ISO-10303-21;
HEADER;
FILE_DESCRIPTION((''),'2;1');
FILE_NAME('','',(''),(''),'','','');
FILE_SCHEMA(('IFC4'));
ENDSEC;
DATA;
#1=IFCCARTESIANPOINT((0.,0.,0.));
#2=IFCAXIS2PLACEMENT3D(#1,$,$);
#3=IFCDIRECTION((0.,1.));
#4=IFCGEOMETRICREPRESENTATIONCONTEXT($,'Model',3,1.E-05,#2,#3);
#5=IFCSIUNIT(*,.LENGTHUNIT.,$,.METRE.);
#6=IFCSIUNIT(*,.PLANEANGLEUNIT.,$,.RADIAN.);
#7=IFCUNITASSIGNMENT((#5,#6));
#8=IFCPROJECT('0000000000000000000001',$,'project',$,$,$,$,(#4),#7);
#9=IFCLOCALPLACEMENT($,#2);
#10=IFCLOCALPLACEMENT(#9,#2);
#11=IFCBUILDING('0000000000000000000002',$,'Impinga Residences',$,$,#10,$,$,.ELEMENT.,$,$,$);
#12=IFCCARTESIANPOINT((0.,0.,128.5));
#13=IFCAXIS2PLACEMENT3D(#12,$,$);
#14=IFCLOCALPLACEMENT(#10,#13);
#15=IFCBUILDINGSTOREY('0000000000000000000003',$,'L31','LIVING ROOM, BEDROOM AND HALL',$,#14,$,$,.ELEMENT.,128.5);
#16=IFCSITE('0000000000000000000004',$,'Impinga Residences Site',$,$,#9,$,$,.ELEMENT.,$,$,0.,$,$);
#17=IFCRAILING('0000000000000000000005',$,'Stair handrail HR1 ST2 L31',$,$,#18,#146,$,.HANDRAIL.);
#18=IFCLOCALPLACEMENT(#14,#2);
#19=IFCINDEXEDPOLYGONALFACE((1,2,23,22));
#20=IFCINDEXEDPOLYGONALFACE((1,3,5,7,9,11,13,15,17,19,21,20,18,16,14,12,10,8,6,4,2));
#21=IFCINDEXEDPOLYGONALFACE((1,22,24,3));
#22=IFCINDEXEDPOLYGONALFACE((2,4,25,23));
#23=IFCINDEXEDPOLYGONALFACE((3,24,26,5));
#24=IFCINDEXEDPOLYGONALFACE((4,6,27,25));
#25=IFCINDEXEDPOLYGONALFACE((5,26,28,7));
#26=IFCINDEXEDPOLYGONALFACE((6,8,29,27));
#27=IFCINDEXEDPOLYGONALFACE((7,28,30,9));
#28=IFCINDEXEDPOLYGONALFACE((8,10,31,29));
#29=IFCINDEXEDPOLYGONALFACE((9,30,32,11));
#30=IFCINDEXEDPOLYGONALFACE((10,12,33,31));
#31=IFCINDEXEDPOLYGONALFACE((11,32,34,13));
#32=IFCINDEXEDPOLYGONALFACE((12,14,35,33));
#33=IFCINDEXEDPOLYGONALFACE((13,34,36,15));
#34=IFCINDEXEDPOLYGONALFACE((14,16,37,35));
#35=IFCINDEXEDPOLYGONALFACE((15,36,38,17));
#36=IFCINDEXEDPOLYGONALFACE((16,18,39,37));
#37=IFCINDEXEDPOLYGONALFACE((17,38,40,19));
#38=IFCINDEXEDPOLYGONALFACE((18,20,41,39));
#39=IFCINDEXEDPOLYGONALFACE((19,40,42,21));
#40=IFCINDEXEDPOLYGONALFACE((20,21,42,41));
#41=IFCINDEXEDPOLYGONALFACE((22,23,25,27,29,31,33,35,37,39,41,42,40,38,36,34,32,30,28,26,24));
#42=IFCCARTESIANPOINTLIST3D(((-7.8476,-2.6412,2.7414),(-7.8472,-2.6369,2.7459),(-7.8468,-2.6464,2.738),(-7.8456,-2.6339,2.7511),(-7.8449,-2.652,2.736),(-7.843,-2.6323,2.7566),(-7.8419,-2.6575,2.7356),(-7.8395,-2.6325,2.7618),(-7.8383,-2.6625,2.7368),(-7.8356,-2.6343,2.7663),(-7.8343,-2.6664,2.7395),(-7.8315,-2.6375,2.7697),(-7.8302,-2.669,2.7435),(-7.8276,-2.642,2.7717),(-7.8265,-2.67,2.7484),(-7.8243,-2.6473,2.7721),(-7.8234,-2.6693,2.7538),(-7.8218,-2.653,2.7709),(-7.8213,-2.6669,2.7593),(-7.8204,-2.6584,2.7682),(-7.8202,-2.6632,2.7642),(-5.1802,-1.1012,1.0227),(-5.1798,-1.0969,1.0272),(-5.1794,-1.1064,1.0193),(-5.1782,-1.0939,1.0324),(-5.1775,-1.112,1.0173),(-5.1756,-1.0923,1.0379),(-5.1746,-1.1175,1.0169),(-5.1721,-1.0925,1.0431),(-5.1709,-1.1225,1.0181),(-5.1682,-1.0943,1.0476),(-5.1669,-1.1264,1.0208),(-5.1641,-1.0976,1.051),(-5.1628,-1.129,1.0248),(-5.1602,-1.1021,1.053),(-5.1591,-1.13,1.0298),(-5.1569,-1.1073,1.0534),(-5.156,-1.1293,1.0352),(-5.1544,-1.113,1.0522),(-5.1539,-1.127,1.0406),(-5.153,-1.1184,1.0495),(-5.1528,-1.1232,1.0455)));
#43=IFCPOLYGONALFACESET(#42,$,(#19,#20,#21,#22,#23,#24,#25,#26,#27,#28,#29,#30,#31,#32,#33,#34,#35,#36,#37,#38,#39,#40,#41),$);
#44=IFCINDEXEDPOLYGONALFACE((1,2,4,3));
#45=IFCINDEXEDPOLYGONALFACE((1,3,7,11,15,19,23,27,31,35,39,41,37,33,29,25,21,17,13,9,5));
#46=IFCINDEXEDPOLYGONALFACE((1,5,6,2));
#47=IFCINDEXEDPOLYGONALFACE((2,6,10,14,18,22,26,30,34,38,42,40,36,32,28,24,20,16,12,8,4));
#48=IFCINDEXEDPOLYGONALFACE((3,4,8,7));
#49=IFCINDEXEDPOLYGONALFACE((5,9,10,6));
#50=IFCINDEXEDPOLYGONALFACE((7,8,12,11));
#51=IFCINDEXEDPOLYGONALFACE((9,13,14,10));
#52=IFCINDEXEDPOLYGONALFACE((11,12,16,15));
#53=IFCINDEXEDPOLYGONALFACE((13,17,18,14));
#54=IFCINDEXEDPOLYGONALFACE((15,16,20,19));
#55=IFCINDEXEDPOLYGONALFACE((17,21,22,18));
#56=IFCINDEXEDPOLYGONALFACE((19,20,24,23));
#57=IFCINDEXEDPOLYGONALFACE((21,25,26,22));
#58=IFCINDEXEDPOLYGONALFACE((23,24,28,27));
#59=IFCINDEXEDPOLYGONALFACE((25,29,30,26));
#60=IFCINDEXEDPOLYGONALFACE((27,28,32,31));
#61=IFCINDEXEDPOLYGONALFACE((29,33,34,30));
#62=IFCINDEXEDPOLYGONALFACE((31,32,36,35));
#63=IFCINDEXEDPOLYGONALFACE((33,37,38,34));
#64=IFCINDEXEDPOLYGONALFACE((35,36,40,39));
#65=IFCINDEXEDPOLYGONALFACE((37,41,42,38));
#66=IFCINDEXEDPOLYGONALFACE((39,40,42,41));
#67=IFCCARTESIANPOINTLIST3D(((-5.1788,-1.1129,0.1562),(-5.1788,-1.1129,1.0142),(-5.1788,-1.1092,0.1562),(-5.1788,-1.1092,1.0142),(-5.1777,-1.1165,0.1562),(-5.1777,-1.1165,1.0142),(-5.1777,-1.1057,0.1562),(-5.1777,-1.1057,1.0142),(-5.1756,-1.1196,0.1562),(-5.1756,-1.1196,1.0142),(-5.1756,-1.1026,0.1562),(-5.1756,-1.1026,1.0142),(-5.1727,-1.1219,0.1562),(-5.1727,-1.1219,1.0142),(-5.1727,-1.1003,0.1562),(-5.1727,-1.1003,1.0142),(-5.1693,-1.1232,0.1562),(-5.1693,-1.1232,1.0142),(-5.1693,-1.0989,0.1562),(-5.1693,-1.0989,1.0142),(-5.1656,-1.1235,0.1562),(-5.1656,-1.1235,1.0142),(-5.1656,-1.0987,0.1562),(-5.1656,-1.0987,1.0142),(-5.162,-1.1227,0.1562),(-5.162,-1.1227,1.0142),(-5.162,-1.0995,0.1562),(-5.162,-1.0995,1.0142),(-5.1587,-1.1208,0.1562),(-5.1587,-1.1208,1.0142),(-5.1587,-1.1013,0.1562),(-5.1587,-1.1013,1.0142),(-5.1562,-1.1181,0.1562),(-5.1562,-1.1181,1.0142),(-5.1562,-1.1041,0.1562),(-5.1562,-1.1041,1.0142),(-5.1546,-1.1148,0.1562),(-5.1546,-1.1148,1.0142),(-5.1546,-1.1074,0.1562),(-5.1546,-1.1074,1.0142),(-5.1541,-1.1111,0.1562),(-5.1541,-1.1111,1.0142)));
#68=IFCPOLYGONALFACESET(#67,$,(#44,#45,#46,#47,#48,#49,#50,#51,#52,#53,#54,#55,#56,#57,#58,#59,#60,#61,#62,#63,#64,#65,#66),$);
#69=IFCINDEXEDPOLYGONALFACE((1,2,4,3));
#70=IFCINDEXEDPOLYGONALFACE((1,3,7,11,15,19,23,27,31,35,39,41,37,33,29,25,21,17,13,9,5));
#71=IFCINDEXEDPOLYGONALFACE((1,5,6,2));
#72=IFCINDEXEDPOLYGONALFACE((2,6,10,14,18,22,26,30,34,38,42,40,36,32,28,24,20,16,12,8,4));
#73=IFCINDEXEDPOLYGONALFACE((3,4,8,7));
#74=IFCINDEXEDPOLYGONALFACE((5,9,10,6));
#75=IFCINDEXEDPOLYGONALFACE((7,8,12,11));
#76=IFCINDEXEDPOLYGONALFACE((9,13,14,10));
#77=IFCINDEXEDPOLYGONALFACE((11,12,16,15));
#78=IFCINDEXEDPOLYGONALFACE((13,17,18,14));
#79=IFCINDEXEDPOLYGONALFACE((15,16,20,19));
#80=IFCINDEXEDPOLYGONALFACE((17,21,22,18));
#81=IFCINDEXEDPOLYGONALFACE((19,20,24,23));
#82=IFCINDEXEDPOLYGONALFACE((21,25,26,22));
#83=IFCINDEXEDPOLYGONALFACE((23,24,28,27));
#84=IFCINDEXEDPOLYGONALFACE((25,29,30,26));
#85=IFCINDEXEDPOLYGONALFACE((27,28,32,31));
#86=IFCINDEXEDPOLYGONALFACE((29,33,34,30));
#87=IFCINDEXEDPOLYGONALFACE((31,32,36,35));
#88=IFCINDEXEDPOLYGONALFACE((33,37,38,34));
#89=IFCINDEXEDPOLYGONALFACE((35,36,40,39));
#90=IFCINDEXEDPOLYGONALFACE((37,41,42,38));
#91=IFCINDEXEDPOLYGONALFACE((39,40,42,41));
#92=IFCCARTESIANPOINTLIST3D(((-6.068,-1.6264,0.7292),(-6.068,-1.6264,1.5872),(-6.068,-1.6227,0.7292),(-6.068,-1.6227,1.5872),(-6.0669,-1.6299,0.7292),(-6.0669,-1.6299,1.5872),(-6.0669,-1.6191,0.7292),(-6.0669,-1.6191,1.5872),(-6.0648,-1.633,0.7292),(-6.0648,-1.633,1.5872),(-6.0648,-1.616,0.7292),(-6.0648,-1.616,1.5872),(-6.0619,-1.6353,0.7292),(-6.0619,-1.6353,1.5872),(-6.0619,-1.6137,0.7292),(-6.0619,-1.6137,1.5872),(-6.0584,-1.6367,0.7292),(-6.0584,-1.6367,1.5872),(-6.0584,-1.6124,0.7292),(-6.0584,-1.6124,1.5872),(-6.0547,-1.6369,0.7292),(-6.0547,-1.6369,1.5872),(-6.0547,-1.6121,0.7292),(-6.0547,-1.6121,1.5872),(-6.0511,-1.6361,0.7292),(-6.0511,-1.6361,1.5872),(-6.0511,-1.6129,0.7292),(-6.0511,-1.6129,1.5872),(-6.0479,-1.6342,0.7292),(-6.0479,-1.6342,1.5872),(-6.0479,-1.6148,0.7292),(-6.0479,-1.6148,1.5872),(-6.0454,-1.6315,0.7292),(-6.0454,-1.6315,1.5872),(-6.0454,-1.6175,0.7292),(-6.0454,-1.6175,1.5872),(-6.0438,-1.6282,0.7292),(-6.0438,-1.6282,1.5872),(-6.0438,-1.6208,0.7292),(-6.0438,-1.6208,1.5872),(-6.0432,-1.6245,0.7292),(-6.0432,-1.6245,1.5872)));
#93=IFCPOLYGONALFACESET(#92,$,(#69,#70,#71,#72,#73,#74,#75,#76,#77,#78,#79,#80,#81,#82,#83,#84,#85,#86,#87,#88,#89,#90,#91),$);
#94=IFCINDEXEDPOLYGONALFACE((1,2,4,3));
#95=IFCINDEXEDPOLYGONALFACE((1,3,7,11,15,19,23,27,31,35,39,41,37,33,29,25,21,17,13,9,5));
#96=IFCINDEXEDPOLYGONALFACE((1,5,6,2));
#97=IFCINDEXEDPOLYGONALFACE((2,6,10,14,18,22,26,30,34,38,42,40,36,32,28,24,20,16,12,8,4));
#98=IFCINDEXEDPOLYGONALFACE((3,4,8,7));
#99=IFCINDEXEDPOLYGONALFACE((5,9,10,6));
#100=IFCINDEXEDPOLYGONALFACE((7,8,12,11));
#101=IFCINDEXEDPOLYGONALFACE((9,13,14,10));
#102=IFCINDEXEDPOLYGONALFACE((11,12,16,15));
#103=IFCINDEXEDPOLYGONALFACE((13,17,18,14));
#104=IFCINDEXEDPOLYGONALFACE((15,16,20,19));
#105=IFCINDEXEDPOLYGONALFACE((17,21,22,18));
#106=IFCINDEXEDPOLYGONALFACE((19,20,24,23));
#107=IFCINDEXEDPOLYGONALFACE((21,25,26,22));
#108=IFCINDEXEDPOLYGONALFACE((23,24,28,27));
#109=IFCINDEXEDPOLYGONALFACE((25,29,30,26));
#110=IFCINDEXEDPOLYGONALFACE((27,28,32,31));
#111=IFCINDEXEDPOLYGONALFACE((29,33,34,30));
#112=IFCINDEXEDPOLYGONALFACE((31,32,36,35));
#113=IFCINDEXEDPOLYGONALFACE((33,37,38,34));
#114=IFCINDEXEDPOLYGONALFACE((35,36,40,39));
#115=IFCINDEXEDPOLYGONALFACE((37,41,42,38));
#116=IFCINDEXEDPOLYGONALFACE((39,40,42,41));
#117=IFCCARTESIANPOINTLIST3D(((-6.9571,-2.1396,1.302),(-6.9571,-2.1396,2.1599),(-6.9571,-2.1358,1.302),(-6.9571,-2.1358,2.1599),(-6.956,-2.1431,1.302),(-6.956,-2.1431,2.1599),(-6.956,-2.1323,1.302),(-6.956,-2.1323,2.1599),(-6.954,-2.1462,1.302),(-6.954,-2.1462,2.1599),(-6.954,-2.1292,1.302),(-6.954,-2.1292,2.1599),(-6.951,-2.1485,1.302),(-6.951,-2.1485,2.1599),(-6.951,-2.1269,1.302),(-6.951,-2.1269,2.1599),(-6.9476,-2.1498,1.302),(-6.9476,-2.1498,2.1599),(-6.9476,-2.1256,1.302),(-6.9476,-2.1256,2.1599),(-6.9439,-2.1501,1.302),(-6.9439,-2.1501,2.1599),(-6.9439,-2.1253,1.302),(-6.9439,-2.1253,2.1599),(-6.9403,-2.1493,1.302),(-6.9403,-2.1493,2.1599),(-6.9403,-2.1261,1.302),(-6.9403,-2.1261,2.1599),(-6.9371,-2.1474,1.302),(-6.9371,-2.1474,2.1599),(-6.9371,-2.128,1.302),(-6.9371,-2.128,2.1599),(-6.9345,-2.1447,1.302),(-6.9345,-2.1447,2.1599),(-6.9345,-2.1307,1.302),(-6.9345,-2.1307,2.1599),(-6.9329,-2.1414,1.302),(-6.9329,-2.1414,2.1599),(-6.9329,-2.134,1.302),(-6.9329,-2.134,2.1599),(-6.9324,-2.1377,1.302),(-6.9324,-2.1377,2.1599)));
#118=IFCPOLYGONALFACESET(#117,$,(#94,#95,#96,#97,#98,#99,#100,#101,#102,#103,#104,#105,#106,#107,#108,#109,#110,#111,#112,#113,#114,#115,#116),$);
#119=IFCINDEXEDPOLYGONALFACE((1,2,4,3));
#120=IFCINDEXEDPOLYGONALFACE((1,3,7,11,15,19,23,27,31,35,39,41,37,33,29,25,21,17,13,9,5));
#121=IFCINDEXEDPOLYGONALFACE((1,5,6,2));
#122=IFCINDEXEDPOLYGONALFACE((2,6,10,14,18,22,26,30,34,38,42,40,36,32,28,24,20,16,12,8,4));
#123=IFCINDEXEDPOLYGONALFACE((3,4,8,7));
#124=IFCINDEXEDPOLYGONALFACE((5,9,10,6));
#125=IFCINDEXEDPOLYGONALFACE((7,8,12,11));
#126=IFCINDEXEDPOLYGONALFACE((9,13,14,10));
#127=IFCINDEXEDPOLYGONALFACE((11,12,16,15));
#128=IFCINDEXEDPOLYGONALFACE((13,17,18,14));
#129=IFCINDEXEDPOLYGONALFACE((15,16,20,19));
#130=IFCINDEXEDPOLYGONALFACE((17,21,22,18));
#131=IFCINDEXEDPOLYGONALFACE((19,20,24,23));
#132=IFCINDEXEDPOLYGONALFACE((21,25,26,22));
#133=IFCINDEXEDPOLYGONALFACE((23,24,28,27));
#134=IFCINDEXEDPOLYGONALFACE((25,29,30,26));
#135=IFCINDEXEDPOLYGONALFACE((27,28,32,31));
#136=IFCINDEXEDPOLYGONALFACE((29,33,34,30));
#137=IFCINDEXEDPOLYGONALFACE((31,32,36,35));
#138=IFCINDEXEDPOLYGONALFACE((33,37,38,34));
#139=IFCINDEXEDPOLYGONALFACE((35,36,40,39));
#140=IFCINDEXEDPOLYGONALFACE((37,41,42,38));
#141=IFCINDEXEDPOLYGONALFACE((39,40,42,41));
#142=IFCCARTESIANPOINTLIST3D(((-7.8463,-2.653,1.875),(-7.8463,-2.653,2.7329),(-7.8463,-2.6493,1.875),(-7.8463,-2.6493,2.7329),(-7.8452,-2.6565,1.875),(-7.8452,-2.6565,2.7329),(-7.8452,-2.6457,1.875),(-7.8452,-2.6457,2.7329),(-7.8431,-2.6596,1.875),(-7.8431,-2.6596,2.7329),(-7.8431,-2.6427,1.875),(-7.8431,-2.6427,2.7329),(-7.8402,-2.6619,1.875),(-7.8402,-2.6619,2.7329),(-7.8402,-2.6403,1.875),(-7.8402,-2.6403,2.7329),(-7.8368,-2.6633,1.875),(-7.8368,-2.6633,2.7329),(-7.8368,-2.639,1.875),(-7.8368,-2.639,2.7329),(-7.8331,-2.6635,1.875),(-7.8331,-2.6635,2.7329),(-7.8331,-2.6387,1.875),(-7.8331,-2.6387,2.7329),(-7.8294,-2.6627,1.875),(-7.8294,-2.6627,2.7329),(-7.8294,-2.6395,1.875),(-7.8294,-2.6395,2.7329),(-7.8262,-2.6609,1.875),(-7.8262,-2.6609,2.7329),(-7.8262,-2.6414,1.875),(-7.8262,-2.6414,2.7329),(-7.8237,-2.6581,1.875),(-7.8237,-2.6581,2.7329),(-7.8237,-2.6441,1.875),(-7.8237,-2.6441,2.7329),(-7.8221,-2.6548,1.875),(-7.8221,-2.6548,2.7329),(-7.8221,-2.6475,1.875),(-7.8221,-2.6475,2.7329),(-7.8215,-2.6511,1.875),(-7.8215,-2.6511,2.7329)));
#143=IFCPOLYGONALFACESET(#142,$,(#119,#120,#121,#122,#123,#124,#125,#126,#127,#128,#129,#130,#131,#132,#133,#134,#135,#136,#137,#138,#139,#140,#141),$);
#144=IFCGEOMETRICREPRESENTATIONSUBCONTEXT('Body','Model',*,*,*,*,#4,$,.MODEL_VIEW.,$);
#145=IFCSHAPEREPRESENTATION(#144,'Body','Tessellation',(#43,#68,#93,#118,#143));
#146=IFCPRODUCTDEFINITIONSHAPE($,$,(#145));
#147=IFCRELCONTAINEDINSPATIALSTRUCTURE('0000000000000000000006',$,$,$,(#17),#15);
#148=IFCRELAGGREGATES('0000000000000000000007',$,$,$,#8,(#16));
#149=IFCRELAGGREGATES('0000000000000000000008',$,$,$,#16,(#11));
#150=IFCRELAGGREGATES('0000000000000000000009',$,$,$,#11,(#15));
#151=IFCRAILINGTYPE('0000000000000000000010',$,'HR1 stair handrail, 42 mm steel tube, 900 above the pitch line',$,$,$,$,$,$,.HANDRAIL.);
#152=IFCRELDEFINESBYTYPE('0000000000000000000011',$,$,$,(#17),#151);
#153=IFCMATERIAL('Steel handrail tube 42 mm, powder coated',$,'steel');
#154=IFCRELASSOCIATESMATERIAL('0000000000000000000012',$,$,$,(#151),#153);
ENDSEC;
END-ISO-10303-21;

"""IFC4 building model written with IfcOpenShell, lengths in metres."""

from ifc_helpers import new_model, si_unit, direction, frame, origin, origin_2d, place, context, subcontext, project, spatial, circle, extrude, material, type_object, element, save


model = new_model("IFC4")

# Units and contexts
model_context = context("Model", 3, precision=1e-05, world=origin(), true_north=direction((0.0, 1.0)))
body_context = subcontext(model_context, "Body", "Model", "MODEL_VIEW")
ifc_project = project(units=[si_unit("LENGTHUNIT", "METRE"), si_unit("PLANEANGLEUNIT", "RADIAN")], contexts=[model_context])

# Site, building, storey
site_placement = place(None, origin())
site = spatial("IfcSite", under=ifc_project, at=site_placement, Name="Impinga Residences Site", CompositionType="ELEMENT", RefElevation=0.0)
building_placement = place(site_placement, origin())
building = spatial("IfcBuilding", under=site, at=building_placement, Name="Impinga Residences", CompositionType="ELEMENT")
storey_placement = place(building_placement, frame((0.0, 0.0, 128.5)))
storey = spatial("IfcBuildingStorey", under=building, at=storey_placement, Name="L31", Description="LIVING ROOM, BEDROOM AND HALL", CompositionType="ELEMENT", Elevation=128.5)

# Railing
ifc_material_1 = material(Name="Steel handrail tube 42 mm, powder coated", Category="steel")
railing_type_1 = type_object("IfcRailingType", Name="HR1 stair handrail, 42 mm steel tube, 900 above the pitch line", PredefinedType="HANDRAIL", material=ifc_material_1)
railing_1_placement = place(storey_placement, frame((-5.1665, -1.1111, 0.1562)))
element("IfcRailing", 1, at=railing_1_placement, inside=storey, type_object=railing_type_1, Name="Stair handrail HR1 ST2 L31", PredefinedType="HANDRAIL", context=body_context, shape_type="SweptSolid", body=[
    extrude(circle(Radius=0.021, at=origin_2d()), frame((0.0, 0.0, 0.8789), z_axis=(-0.756256, -0.436616, 0.487282), x_axis=(0.499992, -0.86603, 0.0)), (0.0, 0.0, 1.0), 3.5271),
    extrude(circle(Radius=0.0125, at=origin_2d()), origin(), (0.0, 0.0, 1.0), 0.8579),
    extrude(circle(Radius=0.0125, at=origin_2d()), frame((-0.8892, -0.5134, 0.573)), (0.0, 0.0, 1.0), 0.8579),
    extrude(circle(Radius=0.0125, at=origin_2d()), frame((-1.7783, -1.0266, 1.1458)), (0.0, 0.0, 1.0), 0.8579),
    extrude(circle(Radius=0.0125, at=origin_2d()), frame((-2.6675, -1.54, 1.7188)), (0.0, 0.0, 1.0), 0.8579),
])

save(model, "model.ifc")
